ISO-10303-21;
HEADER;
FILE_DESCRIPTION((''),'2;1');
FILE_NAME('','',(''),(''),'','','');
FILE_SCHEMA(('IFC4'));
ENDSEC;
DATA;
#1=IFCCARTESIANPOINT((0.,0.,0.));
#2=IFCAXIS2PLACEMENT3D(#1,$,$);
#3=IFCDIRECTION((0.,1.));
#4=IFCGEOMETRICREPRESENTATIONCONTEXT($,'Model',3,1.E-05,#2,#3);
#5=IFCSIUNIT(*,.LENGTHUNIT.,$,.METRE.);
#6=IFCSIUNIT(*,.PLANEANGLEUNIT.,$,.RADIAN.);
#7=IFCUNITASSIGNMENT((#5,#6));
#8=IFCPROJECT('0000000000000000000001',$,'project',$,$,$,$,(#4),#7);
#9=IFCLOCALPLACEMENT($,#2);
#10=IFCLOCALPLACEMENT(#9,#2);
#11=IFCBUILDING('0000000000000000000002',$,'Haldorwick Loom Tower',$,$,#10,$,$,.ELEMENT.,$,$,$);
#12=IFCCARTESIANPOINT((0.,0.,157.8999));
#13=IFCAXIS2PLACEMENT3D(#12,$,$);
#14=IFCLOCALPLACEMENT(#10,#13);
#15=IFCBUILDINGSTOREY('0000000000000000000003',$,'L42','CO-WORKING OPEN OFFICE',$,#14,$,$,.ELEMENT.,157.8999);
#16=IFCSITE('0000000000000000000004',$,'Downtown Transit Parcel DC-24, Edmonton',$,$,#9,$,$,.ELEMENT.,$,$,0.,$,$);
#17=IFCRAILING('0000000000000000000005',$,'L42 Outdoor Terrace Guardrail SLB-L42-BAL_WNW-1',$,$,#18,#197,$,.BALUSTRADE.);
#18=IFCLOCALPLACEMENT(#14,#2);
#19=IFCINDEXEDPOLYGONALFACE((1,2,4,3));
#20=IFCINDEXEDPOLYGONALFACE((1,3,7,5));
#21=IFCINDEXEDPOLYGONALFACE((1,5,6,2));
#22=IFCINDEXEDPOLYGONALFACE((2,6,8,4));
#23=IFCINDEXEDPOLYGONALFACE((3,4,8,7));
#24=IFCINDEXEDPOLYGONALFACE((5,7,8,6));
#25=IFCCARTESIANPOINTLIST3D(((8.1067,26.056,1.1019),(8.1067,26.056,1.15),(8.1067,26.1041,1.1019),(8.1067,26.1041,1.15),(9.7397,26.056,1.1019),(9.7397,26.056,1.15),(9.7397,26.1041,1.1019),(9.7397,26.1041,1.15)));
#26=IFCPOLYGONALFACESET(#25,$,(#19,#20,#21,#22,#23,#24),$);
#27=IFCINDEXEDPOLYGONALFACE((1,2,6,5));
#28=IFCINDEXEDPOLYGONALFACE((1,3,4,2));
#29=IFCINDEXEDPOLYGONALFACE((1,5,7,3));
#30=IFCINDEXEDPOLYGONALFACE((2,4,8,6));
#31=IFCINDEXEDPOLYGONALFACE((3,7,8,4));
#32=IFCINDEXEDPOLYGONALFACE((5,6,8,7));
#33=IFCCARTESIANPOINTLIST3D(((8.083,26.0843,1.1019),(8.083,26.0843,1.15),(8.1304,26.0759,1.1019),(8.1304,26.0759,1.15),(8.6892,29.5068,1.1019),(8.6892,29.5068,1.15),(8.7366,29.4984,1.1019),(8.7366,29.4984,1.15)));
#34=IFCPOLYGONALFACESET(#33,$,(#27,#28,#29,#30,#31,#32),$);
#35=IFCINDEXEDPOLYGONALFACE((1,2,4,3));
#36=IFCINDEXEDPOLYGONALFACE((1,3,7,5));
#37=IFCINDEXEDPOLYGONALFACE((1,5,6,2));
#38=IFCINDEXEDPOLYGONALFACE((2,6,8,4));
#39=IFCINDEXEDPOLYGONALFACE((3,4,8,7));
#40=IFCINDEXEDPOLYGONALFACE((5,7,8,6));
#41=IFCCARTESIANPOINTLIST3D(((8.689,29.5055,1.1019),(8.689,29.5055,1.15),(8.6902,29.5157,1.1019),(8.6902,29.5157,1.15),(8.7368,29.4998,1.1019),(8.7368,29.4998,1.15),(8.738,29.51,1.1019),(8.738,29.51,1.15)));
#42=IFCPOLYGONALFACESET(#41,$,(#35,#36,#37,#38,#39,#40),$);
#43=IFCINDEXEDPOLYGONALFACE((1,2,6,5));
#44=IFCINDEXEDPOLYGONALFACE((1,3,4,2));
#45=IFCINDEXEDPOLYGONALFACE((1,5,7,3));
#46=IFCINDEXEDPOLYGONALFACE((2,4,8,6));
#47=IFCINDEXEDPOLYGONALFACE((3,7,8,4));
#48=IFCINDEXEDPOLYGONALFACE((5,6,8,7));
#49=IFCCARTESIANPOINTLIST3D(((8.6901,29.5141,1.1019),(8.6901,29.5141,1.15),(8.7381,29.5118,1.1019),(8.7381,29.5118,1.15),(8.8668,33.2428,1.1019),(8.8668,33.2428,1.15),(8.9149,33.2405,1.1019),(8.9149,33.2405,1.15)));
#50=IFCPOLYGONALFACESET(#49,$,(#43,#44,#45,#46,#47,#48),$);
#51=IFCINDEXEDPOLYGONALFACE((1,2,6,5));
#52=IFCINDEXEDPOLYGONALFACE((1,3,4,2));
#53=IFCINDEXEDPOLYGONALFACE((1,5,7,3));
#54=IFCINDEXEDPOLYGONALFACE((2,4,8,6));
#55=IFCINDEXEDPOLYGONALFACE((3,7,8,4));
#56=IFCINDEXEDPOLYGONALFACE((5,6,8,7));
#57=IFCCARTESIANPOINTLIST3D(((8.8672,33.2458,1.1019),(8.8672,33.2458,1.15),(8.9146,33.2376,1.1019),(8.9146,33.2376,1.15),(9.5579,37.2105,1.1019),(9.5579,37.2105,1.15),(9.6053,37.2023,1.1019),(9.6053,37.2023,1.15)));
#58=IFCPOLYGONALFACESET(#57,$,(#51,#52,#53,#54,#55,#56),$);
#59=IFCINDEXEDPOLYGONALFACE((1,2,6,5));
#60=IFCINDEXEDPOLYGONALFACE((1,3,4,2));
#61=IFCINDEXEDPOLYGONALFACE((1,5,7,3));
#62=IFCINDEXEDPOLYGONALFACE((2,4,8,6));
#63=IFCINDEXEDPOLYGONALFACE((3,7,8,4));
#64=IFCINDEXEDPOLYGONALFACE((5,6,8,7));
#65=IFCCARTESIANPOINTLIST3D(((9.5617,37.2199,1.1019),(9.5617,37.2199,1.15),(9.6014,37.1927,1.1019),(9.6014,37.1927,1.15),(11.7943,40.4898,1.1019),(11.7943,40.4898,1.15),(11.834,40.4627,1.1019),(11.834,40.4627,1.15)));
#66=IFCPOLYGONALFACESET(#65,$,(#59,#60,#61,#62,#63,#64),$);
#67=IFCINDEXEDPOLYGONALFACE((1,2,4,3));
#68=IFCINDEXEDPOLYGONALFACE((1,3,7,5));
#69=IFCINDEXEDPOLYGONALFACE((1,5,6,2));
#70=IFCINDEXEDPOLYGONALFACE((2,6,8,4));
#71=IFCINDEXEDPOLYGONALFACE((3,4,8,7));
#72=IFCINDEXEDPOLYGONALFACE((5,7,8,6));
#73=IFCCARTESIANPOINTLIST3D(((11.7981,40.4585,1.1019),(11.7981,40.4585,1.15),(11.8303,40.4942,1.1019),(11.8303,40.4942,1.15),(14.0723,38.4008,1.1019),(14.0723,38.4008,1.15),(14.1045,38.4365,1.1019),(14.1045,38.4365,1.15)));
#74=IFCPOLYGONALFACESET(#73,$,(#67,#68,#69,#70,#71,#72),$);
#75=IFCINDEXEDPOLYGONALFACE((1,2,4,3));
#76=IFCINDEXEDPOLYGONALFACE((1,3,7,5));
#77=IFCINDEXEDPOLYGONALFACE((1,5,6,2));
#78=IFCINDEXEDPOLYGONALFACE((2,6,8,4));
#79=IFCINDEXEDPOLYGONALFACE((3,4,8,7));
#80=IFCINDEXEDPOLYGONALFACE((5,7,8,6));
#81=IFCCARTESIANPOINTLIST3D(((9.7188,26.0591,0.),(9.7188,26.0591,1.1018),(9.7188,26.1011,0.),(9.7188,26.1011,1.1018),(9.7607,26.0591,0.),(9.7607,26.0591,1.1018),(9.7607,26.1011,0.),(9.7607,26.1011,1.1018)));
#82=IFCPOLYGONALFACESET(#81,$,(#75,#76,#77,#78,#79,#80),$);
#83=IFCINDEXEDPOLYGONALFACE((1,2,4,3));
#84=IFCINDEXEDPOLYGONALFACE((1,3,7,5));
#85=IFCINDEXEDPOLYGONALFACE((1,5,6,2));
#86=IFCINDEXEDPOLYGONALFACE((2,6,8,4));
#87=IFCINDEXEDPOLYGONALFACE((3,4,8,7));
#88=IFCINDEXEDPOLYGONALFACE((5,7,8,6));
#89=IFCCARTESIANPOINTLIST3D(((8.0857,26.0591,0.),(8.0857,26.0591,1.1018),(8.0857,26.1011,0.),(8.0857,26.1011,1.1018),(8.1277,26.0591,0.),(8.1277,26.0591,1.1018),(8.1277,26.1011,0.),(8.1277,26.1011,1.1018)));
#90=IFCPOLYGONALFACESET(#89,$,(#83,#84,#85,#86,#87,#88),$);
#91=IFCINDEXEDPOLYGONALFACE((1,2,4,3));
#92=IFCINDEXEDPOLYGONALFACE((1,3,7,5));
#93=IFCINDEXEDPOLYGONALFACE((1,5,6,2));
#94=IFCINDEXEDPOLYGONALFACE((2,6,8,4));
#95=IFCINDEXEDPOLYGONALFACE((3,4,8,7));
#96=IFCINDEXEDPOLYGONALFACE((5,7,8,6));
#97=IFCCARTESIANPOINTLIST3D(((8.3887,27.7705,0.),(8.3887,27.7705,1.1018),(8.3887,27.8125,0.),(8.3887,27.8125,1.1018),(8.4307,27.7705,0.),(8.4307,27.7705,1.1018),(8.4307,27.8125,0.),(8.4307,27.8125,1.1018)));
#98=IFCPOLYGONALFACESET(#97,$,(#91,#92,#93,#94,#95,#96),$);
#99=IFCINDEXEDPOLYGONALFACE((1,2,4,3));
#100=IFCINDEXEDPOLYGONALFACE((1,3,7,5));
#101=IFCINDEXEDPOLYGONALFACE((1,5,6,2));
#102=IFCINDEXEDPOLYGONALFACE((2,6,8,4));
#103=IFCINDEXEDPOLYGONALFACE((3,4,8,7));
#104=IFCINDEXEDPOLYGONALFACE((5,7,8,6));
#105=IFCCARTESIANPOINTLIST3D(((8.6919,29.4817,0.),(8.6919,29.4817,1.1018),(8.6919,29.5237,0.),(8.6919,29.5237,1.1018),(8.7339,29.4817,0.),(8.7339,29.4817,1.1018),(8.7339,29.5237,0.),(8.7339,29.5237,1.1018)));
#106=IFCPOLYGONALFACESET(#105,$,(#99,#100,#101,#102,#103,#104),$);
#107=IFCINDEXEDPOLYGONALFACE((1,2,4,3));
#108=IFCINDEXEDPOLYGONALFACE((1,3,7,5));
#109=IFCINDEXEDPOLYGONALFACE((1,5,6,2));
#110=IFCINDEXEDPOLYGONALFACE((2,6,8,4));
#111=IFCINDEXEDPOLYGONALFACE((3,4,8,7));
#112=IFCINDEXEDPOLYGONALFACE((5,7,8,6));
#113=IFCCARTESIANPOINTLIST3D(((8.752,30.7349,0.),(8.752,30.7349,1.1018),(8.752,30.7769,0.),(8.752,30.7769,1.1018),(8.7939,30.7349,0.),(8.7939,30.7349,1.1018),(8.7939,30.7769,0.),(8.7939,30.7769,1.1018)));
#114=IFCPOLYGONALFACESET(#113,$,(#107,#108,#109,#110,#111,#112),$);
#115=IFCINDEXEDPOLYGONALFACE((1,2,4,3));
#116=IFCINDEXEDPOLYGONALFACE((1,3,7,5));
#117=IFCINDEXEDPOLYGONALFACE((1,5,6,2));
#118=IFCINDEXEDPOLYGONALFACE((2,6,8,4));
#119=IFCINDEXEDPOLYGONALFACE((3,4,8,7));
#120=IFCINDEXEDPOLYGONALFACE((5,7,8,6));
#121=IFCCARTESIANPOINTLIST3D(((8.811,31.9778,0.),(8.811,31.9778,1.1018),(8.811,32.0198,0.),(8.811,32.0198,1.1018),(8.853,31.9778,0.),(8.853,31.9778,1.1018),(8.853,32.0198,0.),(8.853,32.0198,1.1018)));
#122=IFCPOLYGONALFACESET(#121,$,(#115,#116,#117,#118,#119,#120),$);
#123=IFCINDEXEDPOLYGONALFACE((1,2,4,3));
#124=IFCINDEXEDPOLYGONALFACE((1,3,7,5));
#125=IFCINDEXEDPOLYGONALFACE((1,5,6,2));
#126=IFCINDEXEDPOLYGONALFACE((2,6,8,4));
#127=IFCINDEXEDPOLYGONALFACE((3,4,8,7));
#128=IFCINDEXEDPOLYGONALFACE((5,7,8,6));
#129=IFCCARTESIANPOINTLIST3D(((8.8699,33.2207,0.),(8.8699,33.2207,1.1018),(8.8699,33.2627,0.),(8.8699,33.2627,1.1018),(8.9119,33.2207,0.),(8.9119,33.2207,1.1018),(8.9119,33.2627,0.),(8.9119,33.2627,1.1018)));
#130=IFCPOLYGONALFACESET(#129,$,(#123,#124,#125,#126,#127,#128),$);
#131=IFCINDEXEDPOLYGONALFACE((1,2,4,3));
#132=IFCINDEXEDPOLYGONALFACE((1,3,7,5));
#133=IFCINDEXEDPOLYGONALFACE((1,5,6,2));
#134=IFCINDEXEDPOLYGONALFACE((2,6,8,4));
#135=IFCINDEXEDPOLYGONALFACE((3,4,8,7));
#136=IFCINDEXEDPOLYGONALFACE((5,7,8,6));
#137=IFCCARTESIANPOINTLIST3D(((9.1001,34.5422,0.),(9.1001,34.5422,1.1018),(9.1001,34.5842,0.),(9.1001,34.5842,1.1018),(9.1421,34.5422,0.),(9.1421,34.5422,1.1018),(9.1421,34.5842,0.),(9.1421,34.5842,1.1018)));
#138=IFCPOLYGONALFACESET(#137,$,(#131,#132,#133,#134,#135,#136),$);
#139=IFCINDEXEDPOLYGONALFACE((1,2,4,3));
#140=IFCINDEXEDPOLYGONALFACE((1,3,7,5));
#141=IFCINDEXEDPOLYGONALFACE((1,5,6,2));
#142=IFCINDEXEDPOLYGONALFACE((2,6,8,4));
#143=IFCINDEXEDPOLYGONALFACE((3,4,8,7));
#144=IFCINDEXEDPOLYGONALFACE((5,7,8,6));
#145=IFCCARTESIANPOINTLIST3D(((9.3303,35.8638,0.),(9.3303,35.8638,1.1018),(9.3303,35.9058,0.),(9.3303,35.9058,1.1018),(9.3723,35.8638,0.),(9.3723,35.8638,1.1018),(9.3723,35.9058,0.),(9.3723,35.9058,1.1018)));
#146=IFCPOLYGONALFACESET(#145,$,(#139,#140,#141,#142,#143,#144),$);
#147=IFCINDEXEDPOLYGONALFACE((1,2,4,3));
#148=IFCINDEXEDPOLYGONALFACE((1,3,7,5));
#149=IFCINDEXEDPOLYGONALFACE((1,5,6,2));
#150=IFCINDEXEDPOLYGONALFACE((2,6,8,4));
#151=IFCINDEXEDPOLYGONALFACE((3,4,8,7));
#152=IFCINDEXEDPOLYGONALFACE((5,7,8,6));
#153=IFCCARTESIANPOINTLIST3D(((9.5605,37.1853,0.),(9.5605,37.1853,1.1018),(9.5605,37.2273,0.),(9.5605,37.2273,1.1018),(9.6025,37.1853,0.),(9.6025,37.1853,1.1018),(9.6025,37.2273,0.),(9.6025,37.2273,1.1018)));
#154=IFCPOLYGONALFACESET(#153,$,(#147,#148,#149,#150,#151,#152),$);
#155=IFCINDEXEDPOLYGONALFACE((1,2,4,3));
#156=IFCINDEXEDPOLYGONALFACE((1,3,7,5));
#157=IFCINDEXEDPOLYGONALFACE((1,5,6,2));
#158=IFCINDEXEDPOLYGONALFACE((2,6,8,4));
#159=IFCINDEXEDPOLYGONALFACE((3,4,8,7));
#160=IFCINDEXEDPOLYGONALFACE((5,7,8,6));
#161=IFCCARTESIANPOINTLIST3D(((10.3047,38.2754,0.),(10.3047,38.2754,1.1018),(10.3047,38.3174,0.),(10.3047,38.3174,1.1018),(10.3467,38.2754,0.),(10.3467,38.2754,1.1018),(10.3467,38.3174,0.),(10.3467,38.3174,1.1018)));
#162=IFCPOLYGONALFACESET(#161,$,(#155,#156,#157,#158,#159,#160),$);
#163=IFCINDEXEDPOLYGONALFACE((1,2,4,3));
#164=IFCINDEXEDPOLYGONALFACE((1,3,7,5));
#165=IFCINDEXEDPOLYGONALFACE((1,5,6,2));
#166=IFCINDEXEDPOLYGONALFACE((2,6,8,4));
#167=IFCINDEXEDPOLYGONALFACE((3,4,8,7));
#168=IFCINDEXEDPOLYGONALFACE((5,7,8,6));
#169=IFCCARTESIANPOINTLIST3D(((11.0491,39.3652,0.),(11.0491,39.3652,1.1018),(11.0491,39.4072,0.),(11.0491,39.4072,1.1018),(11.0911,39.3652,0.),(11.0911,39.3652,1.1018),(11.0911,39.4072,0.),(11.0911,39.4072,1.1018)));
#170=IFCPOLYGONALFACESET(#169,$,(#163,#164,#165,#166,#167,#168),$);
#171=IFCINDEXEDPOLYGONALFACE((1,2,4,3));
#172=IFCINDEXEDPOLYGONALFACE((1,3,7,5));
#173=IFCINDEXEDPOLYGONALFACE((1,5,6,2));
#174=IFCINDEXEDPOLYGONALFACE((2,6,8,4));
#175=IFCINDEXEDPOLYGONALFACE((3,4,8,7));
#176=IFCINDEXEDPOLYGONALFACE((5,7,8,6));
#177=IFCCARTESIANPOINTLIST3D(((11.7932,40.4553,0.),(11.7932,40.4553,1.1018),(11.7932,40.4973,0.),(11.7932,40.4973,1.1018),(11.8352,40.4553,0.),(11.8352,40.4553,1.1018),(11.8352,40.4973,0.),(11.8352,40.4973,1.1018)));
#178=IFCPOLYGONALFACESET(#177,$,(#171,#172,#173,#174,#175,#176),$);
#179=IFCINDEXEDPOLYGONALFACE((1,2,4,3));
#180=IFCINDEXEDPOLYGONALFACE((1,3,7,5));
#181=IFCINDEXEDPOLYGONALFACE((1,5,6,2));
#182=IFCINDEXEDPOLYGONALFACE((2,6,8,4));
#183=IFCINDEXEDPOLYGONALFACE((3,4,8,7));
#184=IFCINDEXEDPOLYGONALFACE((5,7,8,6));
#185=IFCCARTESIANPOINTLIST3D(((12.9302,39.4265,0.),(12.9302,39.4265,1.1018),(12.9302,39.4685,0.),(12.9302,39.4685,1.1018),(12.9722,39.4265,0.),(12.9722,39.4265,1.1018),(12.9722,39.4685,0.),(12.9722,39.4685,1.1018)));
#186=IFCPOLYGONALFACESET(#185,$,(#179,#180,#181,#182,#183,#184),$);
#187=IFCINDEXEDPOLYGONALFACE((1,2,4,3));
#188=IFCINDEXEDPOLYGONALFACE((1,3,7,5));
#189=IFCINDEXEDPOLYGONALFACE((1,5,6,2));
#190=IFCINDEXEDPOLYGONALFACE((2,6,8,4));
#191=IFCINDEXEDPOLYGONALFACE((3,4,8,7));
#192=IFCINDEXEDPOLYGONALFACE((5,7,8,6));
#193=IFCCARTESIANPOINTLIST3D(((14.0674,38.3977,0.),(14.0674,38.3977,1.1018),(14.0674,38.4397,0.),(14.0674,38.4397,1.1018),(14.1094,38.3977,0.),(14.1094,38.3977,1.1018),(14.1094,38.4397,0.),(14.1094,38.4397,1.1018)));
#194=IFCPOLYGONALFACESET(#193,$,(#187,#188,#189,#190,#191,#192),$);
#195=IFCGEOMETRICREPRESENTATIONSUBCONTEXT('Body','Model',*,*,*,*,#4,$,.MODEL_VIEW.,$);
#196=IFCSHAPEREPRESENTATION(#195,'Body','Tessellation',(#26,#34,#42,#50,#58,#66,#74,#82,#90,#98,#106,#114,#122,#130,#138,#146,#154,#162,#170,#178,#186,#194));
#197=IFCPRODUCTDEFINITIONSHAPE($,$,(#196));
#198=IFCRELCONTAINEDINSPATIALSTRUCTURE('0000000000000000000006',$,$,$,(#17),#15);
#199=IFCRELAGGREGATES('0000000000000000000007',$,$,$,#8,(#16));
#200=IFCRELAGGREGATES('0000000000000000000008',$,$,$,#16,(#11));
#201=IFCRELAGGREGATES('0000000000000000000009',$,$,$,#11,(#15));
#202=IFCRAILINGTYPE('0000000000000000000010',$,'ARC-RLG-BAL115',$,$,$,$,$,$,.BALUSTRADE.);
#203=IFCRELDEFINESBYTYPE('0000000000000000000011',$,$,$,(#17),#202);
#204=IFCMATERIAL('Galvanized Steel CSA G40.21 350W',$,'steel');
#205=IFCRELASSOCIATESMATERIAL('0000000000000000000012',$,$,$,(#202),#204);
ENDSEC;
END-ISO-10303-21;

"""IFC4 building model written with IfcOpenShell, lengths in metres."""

from ifc_helpers import new_model, si_unit, direction, frame, origin, origin_2d, place, context, subcontext, project, spatial, rectangle, extrude, material, type_object, element, save


model = new_model("IFC4")

# Units and contexts
model_context = context("Model", 3, precision=1e-05, world=origin(), true_north=direction((0.0, 1.0)))
body_context = subcontext(model_context, "Body", "Model", "MODEL_VIEW")
ifc_project = project(units=[si_unit("LENGTHUNIT", "METRE"), si_unit("PLANEANGLEUNIT", "RADIAN")], contexts=[model_context])

# Site, building, storey
site_placement = place(None, origin())
site = spatial("IfcSite", under=ifc_project, at=site_placement, Name="Downtown Transit Parcel DC-24, Edmonton", CompositionType="ELEMENT", RefElevation=0.0)
building_placement = place(site_placement, origin())
building = spatial("IfcBuilding", under=site, at=building_placement, Name="Haldorwick Loom Tower", CompositionType="ELEMENT")
storey_placement = place(building_placement, frame((0.0, 0.0, 157.8999)))
storey = spatial("IfcBuildingStorey", under=building, at=storey_placement, Name="L42", Description="CO-WORKING OPEN OFFICE", CompositionType="ELEMENT", Elevation=157.8999)

# Railing
ifc_material_1 = material(Name="Galvanized Steel CSA G40.21 350W", Category="steel")
railing_type = type_object("IfcRailingType", Name="ARC-RLG-BAL115", PredefinedType="BALUSTRADE", material=ifc_material_1)
railing_placement = place(storey_placement, frame((9.7397, 26.0801, 0.0)))
element("IfcRailing", 1, at=railing_placement, inside=storey, type_object=railing_type, Name="L42 Outdoor Terrace Guardrail SLB-L42-BAL_WNW-1", PredefinedType="BALUSTRADE", context=body_context, shape_type="SweptSolid", body=[
    extrude(rectangle(XDim=0.0481, YDim=0.0481, at=origin_2d()), frame((0.0, 0.0, 1.126), z_axis=(-1.0, 0.0, 0.0), x_axis=(0.0, -1.0, 0.0)), (0.0, 0.0, 1.0), 1.6331),
    extrude(rectangle(XDim=0.0481, YDim=0.0481, at=origin_2d()), frame((-1.6331, 0.0, 1.126), z_axis=(0.174402, 0.984674, 0.0), x_axis=(-0.984674, 0.174402, 0.0)), (0.0, 0.0, 1.0), 3.4758),
    extrude(rectangle(XDim=0.0481, YDim=0.0481, at=origin_2d()), frame((-1.0269, 3.4226, 1.126), z_axis=(0.118213, 0.992988, 0.0), x_axis=(-0.992988, 0.118213, 0.0)), (0.0, 0.0, 1.0), 0.0103),
    extrude(rectangle(XDim=0.0481, YDim=0.0481, at=origin_2d()), frame((-1.0256, 3.4329, 1.126), z_axis=(0.047351, 0.998878, 0.0), x_axis=(-0.998878, 0.047351, 0.0)), (0.0, 0.0, 1.0), 3.7329),
    extrude(rectangle(XDim=0.0481, YDim=0.0481, at=origin_2d()), frame((-0.8489, 7.1616, 1.126), z_axis=(0.171625, 0.985162, 0.0), x_axis=(-0.985162, 0.171625, 0.0)), (0.0, 0.0, 1.0), 4.0244),
    extrude(rectangle(XDim=0.0481, YDim=0.0481, at=origin_2d()), frame((-0.1582, 11.1262, 1.126), z_axis=(0.563872, 0.825862, 0.0), x_axis=(-0.825862, 0.563872, 0.0)), (0.0, 0.0, 1.0), 3.9595),
    extrude(rectangle(XDim=0.0481, YDim=0.0481, at=origin_2d()), frame((2.0745, 14.3962, 1.126), z_axis=(0.74153, -0.67092, 0.0), x_axis=(0.67092, 0.74153, 0.0)), (0.0, 0.0, 1.0), 3.0669),
    extrude(rectangle(XDim=0.042, YDim=0.042, at=origin_2d()), origin(), (0.0, 0.0, 1.0), 1.1018),
    extrude(rectangle(XDim=0.042, YDim=0.042, at=origin_2d()), frame((-1.6331, 0.0, 0.0)), (0.0, 0.0, 1.0), 1.1018),
    extrude(rectangle(XDim=0.042, YDim=0.042, at=origin_2d()), frame((-1.3301, 1.7114, 0.0)), (0.0, 0.0, 1.0), 1.1018),
    extrude(rectangle(XDim=0.042, YDim=0.042, at=origin_2d()), frame((-1.0269, 3.4226, 0.0)), (0.0, 0.0, 1.0), 1.1018),
    extrude(rectangle(XDim=0.042, YDim=0.042, at=origin_2d()), frame((-0.9668, 4.6758, 0.0)), (0.0, 0.0, 1.0), 1.1018),
    extrude(rectangle(XDim=0.042, YDim=0.042, at=origin_2d()), frame((-0.9077, 5.9187, 0.0)), (0.0, 0.0, 1.0), 1.1018),
    extrude(rectangle(XDim=0.042, YDim=0.042, at=origin_2d()), frame((-0.8489, 7.1616, 0.0)), (0.0, 0.0, 1.0), 1.1018),
    extrude(rectangle(XDim=0.042, YDim=0.042, at=origin_2d()), frame((-0.6187, 8.4832, 0.0)), (0.0, 0.0, 1.0), 1.1018),
    extrude(rectangle(XDim=0.042, YDim=0.042, at=origin_2d()), frame((-0.3884, 9.8047, 0.0)), (0.0, 0.0, 1.0), 1.1018),
    extrude(rectangle(XDim=0.042, YDim=0.042, at=origin_2d()), frame((-0.1582, 11.1262, 0.0)), (0.0, 0.0, 1.0), 1.1018),
    extrude(rectangle(XDim=0.042, YDim=0.042, at=origin_2d()), frame((0.5859, 12.2163, 0.0)), (0.0, 0.0, 1.0), 1.1018),
    extrude(rectangle(XDim=0.042, YDim=0.042, at=origin_2d()), frame((1.3303, 13.3062, 0.0)), (0.0, 0.0, 1.0), 1.1018),
    extrude(rectangle(XDim=0.042, YDim=0.042, at=origin_2d()), frame((2.0745, 14.3962, 0.0)), (0.0, 0.0, 1.0), 1.1018),
    extrude(rectangle(XDim=0.042, YDim=0.042, at=origin_2d()), frame((3.2114, 13.3674, 0.0)), (0.0, 0.0, 1.0), 1.1018),
    extrude(rectangle(XDim=0.042, YDim=0.042, at=origin_2d()), frame((4.3486, 12.3386, 0.0)), (0.0, 0.0, 1.0), 1.1018),
])

save(model, "model.ifc")
